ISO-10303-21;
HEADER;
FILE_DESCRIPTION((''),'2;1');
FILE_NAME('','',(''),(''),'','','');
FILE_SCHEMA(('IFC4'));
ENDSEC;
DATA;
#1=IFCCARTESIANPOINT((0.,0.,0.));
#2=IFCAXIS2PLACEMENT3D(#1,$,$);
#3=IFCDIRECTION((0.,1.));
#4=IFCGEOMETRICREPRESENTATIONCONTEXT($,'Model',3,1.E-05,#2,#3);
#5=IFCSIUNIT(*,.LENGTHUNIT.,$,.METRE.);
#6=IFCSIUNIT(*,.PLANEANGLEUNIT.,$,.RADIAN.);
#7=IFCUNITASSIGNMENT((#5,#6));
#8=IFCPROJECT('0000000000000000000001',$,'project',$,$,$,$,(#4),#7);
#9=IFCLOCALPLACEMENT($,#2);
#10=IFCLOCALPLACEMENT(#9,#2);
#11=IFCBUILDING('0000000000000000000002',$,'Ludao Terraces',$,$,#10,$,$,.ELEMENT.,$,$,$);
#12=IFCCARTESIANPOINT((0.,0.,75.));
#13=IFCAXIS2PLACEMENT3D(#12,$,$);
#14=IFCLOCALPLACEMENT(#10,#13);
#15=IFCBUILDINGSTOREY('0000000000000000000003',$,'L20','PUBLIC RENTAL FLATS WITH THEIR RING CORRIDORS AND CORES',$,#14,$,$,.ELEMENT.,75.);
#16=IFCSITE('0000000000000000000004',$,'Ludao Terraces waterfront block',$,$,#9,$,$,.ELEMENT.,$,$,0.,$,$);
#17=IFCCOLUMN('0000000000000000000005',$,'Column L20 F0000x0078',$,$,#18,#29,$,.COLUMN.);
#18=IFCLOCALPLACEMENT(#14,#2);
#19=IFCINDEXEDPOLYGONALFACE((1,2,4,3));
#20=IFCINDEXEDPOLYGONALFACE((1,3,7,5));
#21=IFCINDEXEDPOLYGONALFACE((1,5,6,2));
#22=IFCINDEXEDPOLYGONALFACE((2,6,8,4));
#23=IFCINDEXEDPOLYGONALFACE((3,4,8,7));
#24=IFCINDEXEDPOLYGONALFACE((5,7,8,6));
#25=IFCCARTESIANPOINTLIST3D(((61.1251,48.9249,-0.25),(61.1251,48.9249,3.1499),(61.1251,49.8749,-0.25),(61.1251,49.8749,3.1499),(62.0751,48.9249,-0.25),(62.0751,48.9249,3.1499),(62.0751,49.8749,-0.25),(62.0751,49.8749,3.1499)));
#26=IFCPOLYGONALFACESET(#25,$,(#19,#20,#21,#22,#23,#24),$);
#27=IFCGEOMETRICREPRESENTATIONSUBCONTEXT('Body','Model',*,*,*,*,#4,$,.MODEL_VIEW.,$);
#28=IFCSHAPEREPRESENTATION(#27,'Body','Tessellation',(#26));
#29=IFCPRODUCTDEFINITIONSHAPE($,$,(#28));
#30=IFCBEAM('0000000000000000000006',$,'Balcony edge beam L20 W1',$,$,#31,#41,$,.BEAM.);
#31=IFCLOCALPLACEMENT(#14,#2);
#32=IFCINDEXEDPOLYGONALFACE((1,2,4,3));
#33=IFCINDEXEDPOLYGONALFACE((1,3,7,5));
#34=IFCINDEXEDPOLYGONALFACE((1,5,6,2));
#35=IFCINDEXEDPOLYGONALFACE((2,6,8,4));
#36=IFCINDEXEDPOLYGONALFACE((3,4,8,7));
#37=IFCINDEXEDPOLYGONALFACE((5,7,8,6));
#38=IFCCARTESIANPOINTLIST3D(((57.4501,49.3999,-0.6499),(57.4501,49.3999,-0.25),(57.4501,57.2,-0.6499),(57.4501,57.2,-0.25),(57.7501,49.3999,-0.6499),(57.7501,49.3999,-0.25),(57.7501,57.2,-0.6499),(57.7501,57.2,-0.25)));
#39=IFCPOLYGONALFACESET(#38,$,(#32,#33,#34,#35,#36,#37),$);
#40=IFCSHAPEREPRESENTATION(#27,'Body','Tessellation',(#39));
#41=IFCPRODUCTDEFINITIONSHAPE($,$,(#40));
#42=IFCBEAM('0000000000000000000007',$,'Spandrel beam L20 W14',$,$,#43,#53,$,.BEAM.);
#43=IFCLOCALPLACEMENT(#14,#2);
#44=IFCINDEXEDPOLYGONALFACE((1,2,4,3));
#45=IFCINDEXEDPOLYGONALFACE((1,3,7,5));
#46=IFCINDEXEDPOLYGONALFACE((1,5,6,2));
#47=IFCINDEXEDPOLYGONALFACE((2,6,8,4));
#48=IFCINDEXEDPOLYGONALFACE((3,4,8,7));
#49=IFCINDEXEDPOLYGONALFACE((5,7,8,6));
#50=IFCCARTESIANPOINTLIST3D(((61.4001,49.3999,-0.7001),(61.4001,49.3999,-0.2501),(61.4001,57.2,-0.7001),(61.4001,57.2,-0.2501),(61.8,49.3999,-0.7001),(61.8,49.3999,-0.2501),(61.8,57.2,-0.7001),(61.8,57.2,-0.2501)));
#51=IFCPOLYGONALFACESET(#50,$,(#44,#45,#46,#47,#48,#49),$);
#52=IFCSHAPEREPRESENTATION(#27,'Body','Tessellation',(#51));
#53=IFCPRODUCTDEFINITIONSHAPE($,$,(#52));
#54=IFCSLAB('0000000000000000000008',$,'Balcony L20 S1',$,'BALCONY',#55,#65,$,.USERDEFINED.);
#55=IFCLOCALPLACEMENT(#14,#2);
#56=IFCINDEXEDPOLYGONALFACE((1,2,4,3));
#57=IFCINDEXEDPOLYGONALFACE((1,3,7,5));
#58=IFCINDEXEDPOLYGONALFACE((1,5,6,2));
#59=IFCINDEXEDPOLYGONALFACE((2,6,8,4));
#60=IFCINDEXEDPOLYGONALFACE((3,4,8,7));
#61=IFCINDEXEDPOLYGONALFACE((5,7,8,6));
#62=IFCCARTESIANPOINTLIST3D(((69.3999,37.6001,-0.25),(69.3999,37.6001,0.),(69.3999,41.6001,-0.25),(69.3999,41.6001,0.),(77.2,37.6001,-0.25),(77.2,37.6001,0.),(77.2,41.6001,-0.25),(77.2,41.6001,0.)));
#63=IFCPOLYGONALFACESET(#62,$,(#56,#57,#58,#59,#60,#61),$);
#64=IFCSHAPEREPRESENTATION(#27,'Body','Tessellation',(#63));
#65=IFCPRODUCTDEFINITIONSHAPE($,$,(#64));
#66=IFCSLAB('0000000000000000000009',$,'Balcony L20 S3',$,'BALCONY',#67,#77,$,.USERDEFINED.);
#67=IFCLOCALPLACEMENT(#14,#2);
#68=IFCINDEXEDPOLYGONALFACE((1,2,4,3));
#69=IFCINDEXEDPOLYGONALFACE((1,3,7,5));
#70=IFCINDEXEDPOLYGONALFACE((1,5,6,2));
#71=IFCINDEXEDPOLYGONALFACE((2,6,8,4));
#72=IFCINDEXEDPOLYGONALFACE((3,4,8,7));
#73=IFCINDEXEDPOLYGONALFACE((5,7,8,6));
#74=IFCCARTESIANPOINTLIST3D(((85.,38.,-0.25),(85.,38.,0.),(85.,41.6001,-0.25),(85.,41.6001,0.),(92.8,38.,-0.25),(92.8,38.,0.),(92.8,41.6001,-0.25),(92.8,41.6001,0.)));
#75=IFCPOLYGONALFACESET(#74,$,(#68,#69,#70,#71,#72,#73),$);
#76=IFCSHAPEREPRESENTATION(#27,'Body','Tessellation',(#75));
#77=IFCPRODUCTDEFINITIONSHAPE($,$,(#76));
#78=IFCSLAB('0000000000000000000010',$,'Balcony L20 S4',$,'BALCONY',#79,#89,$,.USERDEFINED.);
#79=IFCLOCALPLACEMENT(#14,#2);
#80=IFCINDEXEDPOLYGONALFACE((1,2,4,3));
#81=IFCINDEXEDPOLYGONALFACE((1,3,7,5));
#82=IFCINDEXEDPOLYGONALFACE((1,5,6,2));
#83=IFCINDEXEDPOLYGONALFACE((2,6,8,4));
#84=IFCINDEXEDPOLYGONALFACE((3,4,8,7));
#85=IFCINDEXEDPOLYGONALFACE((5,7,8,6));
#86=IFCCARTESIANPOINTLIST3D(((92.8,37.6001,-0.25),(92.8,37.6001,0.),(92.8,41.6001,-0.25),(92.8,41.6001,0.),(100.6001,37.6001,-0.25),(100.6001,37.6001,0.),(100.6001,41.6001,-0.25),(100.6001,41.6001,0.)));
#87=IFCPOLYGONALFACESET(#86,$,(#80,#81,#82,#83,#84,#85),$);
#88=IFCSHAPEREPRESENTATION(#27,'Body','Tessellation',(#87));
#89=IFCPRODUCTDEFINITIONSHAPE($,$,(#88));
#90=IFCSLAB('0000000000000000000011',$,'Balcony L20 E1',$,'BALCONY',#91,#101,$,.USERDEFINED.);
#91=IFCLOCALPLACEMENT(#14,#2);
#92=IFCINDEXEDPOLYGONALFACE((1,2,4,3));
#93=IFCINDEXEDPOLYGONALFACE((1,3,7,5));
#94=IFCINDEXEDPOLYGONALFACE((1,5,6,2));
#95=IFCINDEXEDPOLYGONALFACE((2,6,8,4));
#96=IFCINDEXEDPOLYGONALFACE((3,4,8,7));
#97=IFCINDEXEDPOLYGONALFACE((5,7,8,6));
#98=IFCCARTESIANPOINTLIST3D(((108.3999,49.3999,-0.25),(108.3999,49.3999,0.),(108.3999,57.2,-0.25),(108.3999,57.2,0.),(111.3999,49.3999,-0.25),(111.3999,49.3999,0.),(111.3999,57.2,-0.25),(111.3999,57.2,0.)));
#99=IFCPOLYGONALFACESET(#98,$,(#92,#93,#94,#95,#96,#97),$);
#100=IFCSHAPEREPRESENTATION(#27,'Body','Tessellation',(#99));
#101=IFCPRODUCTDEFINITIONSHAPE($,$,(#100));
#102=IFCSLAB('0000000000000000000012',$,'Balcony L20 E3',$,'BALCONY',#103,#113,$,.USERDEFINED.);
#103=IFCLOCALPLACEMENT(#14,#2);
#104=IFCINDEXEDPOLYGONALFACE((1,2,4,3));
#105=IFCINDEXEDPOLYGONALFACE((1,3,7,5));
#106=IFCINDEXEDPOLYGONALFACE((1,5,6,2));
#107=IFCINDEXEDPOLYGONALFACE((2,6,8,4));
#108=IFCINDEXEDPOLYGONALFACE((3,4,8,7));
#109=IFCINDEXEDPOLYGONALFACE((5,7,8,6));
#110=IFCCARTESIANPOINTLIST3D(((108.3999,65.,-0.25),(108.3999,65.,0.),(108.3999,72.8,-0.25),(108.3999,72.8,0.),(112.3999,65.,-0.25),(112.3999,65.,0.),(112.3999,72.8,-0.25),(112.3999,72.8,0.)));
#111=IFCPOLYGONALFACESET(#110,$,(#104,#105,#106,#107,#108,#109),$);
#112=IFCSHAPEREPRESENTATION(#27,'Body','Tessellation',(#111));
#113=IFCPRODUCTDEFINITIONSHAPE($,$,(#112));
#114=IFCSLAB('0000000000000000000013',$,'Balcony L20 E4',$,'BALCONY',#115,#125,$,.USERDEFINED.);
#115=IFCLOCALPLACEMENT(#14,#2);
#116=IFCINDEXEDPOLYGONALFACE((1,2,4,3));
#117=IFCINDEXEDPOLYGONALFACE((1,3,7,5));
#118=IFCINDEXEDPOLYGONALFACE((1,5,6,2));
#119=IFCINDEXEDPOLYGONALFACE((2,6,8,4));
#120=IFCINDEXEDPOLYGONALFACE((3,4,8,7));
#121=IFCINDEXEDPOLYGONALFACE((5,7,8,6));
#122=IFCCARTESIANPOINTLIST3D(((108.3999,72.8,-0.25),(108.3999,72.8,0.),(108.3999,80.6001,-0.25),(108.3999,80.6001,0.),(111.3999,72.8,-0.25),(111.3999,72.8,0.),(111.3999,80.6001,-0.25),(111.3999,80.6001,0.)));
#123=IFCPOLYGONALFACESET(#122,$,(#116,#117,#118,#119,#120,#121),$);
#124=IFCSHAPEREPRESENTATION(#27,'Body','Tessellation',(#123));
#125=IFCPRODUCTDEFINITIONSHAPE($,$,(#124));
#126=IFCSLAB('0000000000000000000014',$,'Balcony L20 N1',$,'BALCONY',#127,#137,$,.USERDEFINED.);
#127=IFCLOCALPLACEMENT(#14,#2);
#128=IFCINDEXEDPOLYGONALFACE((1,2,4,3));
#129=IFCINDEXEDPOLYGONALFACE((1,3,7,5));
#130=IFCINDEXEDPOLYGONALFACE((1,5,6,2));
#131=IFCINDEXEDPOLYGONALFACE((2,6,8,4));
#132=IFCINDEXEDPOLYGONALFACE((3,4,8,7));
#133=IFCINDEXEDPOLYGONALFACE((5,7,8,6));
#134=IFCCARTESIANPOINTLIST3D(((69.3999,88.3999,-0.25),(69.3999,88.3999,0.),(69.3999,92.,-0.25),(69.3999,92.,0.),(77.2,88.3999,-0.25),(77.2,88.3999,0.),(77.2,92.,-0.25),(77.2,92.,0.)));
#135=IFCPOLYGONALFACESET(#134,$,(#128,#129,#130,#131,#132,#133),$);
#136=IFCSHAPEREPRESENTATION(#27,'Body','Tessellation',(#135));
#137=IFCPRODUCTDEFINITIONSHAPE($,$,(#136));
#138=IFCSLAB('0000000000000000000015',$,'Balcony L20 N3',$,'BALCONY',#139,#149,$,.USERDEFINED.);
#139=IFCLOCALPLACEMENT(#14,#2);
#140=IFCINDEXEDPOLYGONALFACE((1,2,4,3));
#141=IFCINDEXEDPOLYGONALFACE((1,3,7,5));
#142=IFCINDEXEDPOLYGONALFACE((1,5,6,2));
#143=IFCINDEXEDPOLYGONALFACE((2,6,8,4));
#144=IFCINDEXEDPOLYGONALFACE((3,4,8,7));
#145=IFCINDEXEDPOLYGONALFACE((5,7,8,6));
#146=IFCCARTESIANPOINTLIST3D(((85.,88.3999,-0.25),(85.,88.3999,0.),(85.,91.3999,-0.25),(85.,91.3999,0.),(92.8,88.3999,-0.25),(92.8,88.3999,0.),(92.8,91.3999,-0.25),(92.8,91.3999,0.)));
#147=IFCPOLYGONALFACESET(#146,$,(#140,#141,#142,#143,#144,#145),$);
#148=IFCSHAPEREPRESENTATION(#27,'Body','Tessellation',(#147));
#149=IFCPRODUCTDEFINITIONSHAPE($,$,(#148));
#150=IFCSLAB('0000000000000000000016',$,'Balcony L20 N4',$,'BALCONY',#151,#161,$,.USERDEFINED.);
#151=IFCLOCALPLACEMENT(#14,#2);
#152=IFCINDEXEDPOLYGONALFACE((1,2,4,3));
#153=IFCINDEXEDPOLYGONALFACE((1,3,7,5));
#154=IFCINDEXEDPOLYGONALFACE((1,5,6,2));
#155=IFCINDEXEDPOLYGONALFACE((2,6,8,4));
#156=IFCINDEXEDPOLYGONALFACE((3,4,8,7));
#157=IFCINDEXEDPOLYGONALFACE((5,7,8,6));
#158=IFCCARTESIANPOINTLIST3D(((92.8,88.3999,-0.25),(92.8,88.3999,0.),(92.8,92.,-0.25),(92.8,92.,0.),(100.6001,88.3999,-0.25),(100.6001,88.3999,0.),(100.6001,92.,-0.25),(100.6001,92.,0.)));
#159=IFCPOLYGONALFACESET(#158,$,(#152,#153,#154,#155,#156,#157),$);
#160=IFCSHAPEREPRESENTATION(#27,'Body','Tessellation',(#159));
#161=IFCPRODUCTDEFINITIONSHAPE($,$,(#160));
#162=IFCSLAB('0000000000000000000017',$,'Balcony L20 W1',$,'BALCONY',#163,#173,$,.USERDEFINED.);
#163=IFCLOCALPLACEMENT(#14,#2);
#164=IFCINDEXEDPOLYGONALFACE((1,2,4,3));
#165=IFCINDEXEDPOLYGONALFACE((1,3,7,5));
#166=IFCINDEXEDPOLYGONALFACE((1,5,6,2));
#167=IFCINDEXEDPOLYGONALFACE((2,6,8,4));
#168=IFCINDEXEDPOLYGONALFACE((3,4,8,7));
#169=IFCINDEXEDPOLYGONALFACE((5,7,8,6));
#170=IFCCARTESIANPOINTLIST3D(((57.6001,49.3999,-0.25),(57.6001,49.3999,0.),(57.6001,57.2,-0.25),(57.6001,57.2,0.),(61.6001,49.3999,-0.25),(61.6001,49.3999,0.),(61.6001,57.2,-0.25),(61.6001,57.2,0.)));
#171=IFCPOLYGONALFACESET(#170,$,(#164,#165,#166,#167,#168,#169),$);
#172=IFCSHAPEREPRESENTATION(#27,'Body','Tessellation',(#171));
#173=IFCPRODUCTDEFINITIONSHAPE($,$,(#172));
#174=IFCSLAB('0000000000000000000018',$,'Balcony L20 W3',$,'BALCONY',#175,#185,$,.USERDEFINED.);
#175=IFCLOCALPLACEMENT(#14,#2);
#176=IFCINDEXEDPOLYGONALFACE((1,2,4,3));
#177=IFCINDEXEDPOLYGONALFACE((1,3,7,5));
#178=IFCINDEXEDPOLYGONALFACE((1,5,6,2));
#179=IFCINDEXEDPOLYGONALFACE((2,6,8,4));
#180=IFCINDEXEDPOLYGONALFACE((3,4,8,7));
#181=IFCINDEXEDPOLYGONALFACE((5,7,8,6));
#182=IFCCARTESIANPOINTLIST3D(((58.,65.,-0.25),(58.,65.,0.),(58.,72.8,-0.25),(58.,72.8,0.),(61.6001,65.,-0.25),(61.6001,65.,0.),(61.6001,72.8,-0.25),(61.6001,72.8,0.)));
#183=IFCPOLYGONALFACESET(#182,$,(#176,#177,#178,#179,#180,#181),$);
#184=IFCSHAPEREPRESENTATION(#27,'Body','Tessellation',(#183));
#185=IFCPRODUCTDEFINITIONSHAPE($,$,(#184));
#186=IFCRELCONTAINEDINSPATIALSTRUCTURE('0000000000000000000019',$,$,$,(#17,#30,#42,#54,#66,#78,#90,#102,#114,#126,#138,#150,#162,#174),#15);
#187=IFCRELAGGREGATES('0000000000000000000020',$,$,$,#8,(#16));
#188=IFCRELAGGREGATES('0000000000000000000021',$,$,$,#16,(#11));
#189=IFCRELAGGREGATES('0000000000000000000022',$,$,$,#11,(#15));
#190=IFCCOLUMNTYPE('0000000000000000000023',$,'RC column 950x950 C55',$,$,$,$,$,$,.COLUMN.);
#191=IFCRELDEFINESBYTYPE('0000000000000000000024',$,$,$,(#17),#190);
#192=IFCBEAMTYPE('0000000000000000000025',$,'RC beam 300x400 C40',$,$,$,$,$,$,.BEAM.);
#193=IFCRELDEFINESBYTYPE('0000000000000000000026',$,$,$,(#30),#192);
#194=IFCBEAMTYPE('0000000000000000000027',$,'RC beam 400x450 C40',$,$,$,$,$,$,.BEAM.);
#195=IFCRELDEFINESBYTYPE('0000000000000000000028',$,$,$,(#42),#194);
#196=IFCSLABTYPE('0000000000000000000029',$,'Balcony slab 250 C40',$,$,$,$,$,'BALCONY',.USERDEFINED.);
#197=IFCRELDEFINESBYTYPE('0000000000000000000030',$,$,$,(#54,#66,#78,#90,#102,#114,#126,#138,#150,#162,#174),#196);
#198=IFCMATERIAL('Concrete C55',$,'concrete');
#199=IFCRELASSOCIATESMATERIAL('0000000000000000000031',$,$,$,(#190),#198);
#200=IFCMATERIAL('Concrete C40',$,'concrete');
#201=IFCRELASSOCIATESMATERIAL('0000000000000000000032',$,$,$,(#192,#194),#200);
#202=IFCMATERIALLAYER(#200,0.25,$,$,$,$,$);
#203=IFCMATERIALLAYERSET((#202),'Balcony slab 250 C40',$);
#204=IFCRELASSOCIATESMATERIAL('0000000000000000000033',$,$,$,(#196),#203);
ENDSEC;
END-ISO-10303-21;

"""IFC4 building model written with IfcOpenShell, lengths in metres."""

from ifc_helpers import new_model, si_unit, direction, frame, origin, origin_2d, place, context, subcontext, project, spatial, polyline, rectangle, outline, extrude, material, layer, layer_set, material_profile, profile_set, type_object, element, save


model = new_model("IFC4")

# Units and contexts
model_context = context("Model", 3, precision=1e-05, world=origin(), true_north=direction((0.0, 1.0)))
body_context = subcontext(model_context, "Body", "Model", "MODEL_VIEW")
ifc_project = project(units=[si_unit("LENGTHUNIT", "METRE"), si_unit("PLANEANGLEUNIT", "RADIAN")], contexts=[model_context])

# Site, building, storey
site_placement = place(None, origin())
site = spatial("IfcSite", under=ifc_project, at=site_placement, Name="Ludao Terraces waterfront block", CompositionType="ELEMENT", RefElevation=0.0)
building_placement = place(site_placement, origin())
building = spatial("IfcBuilding", under=site, at=building_placement, Name="Ludao Terraces", CompositionType="ELEMENT")
storey_placement = place(building_placement, frame((0.0, 0.0, 75.0)))
storey = spatial("IfcBuildingStorey", under=building, at=storey_placement, Name="L20", Description="PUBLIC RENTAL FLATS WITH THEIR RING CORRIDORS AND CORES", CompositionType="ELEMENT", Elevation=75.0)

# Column
ifc_material_1 = material(Name="Concrete C55", Category="concrete")
ifc_material_profile_1 = material_profile(ifc_material_1, rectangle(XDim=0.95, YDim=0.95, at=origin_2d()), Name="950 X 950")
ifc_profile_set_1 = profile_set([ifc_material_profile_1], Name="Concrete C55")
column_type = type_object("IfcColumnType", Name="RC column 950x950 C55", PredefinedType="COLUMN", material=ifc_profile_set_1)
column_placement = place(storey_placement, frame((61.6001, 49.3999, -0.25), z_axis=(0.0, 0.0, 1.0), x_axis=(1.0, 0.0, 0.0)))
element("IfcColumn", 1, at=column_placement, inside=storey, type_object=column_type, Name="Column L20 F0000x0078", PredefinedType="COLUMN", context=body_context, shape_type="SweptSolid", body=[
    extrude(rectangle(XDim=0.95, YDim=0.95, at=origin_2d()), origin(), (0.0, 0.0, 1.0), 3.3999),
])

# Beams
ifc_material_2 = material(Name="Concrete C40", Category="concrete")
ifc_material_profile_2 = material_profile(ifc_material_2, rectangle(XDim=0.3, YDim=0.3999, at=origin_2d()), Name="300 X 400")
ifc_profile_set_2 = profile_set([ifc_material_profile_2], Name="Concrete C40")
beam_type_1 = type_object("IfcBeamType", Name="RC beam 300x400 C40", PredefinedType="BEAM", material=ifc_profile_set_2)
beam_1_placement = place(storey_placement, frame((57.6001, 49.3999, -0.45), z_axis=(0.0, 1.0, 0.0), x_axis=(-1.0, 0.0, 0.0)))
element("IfcBeam", 2, at=beam_1_placement, inside=storey, type_object=beam_type_1, Name="Balcony edge beam L20 W1", PredefinedType="BEAM", context=body_context, shape_type="SweptSolid", body=[
    extrude(rectangle(XDim=0.3, YDim=0.3999, at=origin_2d()), origin(), (0.0, 0.0, 1.0), 7.8),
])
ifc_material_profile_3 = material_profile(ifc_material_2, rectangle(XDim=0.3999, YDim=0.45, at=origin_2d()), Name="400 X 450")
ifc_profile_set_3 = profile_set([ifc_material_profile_3], Name="Concrete C40")
beam_type_2 = type_object("IfcBeamType", Name="RC beam 400x450 C40", PredefinedType="BEAM", material=ifc_profile_set_3)
beam_2_placement = place(storey_placement, frame((61.6001, 49.3999, -0.4751), z_axis=(0.0, 1.0, 0.0), x_axis=(-1.0, 0.0, 0.0)))
element("IfcBeam", 3, at=beam_2_placement, inside=storey, type_object=beam_type_2, Name="Spandrel beam L20 W14", PredefinedType="BEAM", context=body_context, shape_type="SweptSolid", body=[
    extrude(rectangle(XDim=0.3999, YDim=0.45, at=origin_2d()), origin(), (0.0, 0.0, 1.0), 7.8),
])

# Slabs
ifc_layer_1 = layer(ifc_material_2, 0.25)
ifc_layer_set_1 = layer_set([ifc_layer_1], Name="Balcony slab 250 C40")
slab_type_1 = type_object("IfcSlabType", Name="Balcony slab 250 C40", ElementType="BALCONY", PredefinedType="USERDEFINED", material=ifc_layer_set_1)
slab_1_placement = place(storey_placement, frame((0.0, 0.0, -0.25)))
element("IfcSlab", 4, at=slab_1_placement, inside=storey, type_object=slab_type_1, Name="Balcony L20 S1", ObjectType="BALCONY", PredefinedType="USERDEFINED", context=body_context, shape_type="SweptSolid", body=[
    extrude(outline(polyline([(69.3999, 37.6001), (77.2, 37.6001), (77.2, 41.6001), (69.3999, 41.6001), (69.3999, 37.6001)])), origin(), (0.0, 0.0, 1.0), 0.25),
])
slab_2_placement = place(storey_placement, frame((0.0, 0.0, -0.25)))
element("IfcSlab", 5, at=slab_2_placement, inside=storey, type_object=slab_type_1, Name="Balcony L20 S3", ObjectType="BALCONY", PredefinedType="USERDEFINED", context=body_context, shape_type="SweptSolid", body=[
    extrude(outline(polyline([(85.0, 38.0), (92.8, 38.0), (92.8, 41.6001), (85.0, 41.6001), (85.0, 38.0)])), origin(), (0.0, 0.0, 1.0), 0.25),
])
slab_3_placement = place(storey_placement, frame((0.0, 0.0, -0.25)))
element("IfcSlab", 6, at=slab_3_placement, inside=storey, type_object=slab_type_1, Name="Balcony L20 S4", ObjectType="BALCONY", PredefinedType="USERDEFINED", context=body_context, shape_type="SweptSolid", body=[
    extrude(outline(polyline([(92.8, 37.6001), (100.6001, 37.6001), (100.6001, 41.6001), (92.8, 41.6001), (92.8, 37.6001)])), origin(), (0.0, 0.0, 1.0), 0.25),
])
slab_4_placement = place(storey_placement, frame((0.0, 0.0, -0.25)))
element("IfcSlab", 7, at=slab_4_placement, inside=storey, type_object=slab_type_1, Name="Balcony L20 E1", ObjectType="BALCONY", PredefinedType="USERDEFINED", context=body_context, shape_type="SweptSolid", body=[
    extrude(outline(polyline([(108.3999, 49.3999), (111.3999, 49.3999), (111.3999, 57.2), (108.3999, 57.2), (108.3999, 49.3999)])), origin(), (0.0, 0.0, 1.0), 0.25),
])
slab_5_placement = place(storey_placement, frame((0.0, 0.0, -0.25)))
element("IfcSlab", 8, at=slab_5_placement, inside=storey, type_object=slab_type_1, Name="Balcony L20 E3", ObjectType="BALCONY", PredefinedType="USERDEFINED", context=body_context, shape_type="SweptSolid", body=[
    extrude(outline(polyline([(108.3999, 65.0), (112.3999, 65.0), (112.3999, 72.8), (108.3999, 72.8), (108.3999, 65.0)])), origin(), (0.0, 0.0, 1.0), 0.25),
])
slab_6_placement = place(storey_placement, frame((0.0, 0.0, -0.25)))
element("IfcSlab", 9, at=slab_6_placement, inside=storey, type_object=slab_type_1, Name="Balcony L20 E4", ObjectType="BALCONY", PredefinedType="USERDEFINED", context=body_context, shape_type="SweptSolid", body=[
    extrude(outline(polyline([(108.3999, 72.8), (111.3999, 72.8), (111.3999, 80.6001), (108.3999, 80.6001), (108.3999, 72.8)])), origin(), (0.0, 0.0, 1.0), 0.25),
])
slab_7_placement = place(storey_placement, frame((0.0, 0.0, -0.25)))
element("IfcSlab", 10, at=slab_7_placement, inside=storey, type_object=slab_type_1, Name="Balcony L20 N1", ObjectType="BALCONY", PredefinedType="USERDEFINED", context=body_context, shape_type="SweptSolid", body=[
    extrude(outline(polyline([(69.3999, 88.3999), (77.2, 88.3999), (77.2, 92.0), (69.3999, 92.0), (69.3999, 88.3999)])), origin(), (0.0, 0.0, 1.0), 0.25),
])
slab_8_placement = place(storey_placement, frame((0.0, 0.0, -0.25)))
element("IfcSlab", 11, at=slab_8_placement, inside=storey, type_object=slab_type_1, Name="Balcony L20 N3", ObjectType="BALCONY", PredefinedType="USERDEFINED", context=body_context, shape_type="SweptSolid", body=[
    extrude(outline(polyline([(85.0, 88.3999), (92.8, 88.3999), (92.8, 91.3999), (85.0, 91.3999), (85.0, 88.3999)])), origin(), (0.0, 0.0, 1.0), 0.25),
])
slab_9_placement = place(storey_placement, frame((0.0, 0.0, -0.25)))
element("IfcSlab", 12, at=slab_9_placement, inside=storey, type_object=slab_type_1, Name="Balcony L20 N4", ObjectType="BALCONY", PredefinedType="USERDEFINED", context=body_context, shape_type="SweptSolid", body=[
    extrude(outline(polyline([(92.8, 88.3999), (100.6001, 88.3999), (100.6001, 92.0), (92.8, 92.0), (92.8, 88.3999)])), origin(), (0.0, 0.0, 1.0), 0.25),
])
slab_10_placement = place(storey_placement, frame((0.0, 0.0, -0.25)))
element("IfcSlab", 13, at=slab_10_placement, inside=storey, type_object=slab_type_1, Name="Balcony L20 W1", ObjectType="BALCONY", PredefinedType="USERDEFINED", context=body_context, shape_type="SweptSolid", body=[
    extrude(outline(polyline([(57.6001, 49.3999), (61.6001, 49.3999), (61.6001, 57.2), (57.6001, 57.2), (57.6001, 49.3999)])), origin(), (0.0, 0.0, 1.0), 0.25),
])
slab_11_placement = place(storey_placement, frame((0.0, 0.0, -0.25)))
element("IfcSlab", 14, at=slab_11_placement, inside=storey, type_object=slab_type_1, Name="Balcony L20 W3", ObjectType="BALCONY", PredefinedType="USERDEFINED", context=body_context, shape_type="SweptSolid", body=[
    extrude(outline(polyline([(58.0, 65.0), (61.6001, 65.0), (61.6001, 72.8), (58.0, 72.8), (58.0, 65.0)])), origin(), (0.0, 0.0, 1.0), 0.25),
])

save(model, "model.ifc")
